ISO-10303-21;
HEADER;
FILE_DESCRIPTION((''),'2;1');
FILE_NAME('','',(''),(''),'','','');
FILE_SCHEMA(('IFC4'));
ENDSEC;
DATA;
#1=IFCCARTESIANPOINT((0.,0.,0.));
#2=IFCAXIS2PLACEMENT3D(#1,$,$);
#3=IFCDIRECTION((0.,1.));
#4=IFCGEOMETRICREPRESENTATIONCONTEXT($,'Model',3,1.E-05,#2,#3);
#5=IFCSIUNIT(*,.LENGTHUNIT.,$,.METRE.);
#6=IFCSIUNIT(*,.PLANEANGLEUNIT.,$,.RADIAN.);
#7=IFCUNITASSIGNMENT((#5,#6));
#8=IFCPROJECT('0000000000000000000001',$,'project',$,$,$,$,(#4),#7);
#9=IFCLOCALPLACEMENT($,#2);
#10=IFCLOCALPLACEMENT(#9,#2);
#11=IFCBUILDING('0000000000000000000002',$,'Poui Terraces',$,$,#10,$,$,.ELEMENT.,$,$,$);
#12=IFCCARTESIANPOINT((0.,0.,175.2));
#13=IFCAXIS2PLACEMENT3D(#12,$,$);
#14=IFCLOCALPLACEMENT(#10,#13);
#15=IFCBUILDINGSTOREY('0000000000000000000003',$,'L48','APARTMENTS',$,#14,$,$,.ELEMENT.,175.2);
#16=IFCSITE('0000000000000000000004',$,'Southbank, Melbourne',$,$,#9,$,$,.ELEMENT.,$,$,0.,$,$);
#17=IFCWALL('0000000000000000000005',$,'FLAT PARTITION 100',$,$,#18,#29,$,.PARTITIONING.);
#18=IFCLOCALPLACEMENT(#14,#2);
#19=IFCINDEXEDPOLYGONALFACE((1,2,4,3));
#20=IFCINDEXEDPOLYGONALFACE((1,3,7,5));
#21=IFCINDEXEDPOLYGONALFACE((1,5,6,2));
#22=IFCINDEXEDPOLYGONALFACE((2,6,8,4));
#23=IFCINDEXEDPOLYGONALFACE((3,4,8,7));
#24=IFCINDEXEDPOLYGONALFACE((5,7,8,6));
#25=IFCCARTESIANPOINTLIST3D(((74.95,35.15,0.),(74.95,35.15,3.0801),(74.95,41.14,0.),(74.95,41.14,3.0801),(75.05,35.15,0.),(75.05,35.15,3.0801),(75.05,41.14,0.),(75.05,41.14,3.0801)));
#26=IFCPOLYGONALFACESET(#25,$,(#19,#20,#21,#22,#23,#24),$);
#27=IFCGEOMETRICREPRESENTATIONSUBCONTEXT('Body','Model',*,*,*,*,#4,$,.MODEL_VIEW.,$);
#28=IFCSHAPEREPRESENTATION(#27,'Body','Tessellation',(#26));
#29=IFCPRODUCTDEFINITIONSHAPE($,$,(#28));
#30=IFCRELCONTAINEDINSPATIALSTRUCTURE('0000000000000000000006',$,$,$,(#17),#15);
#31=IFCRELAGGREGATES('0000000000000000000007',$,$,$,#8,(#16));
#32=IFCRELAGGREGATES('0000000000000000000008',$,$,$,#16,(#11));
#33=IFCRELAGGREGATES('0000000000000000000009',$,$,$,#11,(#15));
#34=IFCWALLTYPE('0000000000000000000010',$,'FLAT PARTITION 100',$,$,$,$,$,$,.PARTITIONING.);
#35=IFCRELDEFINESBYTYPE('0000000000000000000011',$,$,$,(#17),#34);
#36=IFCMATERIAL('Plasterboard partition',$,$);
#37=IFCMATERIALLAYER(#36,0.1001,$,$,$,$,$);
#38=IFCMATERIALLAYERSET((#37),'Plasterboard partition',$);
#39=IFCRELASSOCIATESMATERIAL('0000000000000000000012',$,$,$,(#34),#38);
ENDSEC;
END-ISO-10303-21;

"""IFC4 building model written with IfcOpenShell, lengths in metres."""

from ifc_helpers import new_model, si_unit, direction, frame, frame_2d, origin, place, context, subcontext, project, spatial, rectangle, extrude, material, layer, layer_set, type_object, element, save


model = new_model("IFC4")

# Units and contexts
model_context = context("Model", 3, precision=1e-05, world=origin(), true_north=direction((0.0, 1.0)))
body_context = subcontext(model_context, "Body", "Model", "MODEL_VIEW")
ifc_project = project(units=[si_unit("LENGTHUNIT", "METRE"), si_unit("PLANEANGLEUNIT", "RADIAN")], contexts=[model_context])

# Site, building, storey
site_placement = place(None, origin())
site = spatial("IfcSite", under=ifc_project, at=site_placement, Name="Southbank, Melbourne", CompositionType="ELEMENT", RefElevation=0.0)
building_placement = place(site_placement, origin())
building = spatial("IfcBuilding", under=site, at=building_placement, Name="Poui Terraces", CompositionType="ELEMENT")
storey_placement = place(building_placement, frame((0.0, 0.0, 175.2)))
storey = spatial("IfcBuildingStorey", under=building, at=storey_placement, Name="L48", Description="APARTMENTS", CompositionType="ELEMENT", Elevation=175.2)

# Wall
ifc_material_1 = material(Name="Plasterboard partition")
ifc_layer_1 = layer(ifc_material_1, 0.1001)
ifc_layer_set_1 = layer_set([ifc_layer_1], Name="Plasterboard partition")
wall_type_1 = type_object("IfcWallType", Name="FLAT PARTITION 100", PredefinedType="PARTITIONING", material=ifc_layer_set_1)
wall_1_placement = place(storey_placement, frame((75.0, 35.1499, 0.0), z_axis=(0.0, 0.0, 1.0), x_axis=(0.0, 1.0, 0.0)))
element("IfcWall", 1, at=wall_1_placement, inside=storey, type_object=wall_type_1, Name="FLAT PARTITION 100", PredefinedType="PARTITIONING", context=body_context, shape_type="SweptSolid", body=[
    extrude(rectangle(XDim=5.99, YDim=0.1001, at=frame_2d((2.9951, 0.0))), origin(), (0.0, 0.0, 1.0), 3.0801),
])

save(model, "model.ifc")
